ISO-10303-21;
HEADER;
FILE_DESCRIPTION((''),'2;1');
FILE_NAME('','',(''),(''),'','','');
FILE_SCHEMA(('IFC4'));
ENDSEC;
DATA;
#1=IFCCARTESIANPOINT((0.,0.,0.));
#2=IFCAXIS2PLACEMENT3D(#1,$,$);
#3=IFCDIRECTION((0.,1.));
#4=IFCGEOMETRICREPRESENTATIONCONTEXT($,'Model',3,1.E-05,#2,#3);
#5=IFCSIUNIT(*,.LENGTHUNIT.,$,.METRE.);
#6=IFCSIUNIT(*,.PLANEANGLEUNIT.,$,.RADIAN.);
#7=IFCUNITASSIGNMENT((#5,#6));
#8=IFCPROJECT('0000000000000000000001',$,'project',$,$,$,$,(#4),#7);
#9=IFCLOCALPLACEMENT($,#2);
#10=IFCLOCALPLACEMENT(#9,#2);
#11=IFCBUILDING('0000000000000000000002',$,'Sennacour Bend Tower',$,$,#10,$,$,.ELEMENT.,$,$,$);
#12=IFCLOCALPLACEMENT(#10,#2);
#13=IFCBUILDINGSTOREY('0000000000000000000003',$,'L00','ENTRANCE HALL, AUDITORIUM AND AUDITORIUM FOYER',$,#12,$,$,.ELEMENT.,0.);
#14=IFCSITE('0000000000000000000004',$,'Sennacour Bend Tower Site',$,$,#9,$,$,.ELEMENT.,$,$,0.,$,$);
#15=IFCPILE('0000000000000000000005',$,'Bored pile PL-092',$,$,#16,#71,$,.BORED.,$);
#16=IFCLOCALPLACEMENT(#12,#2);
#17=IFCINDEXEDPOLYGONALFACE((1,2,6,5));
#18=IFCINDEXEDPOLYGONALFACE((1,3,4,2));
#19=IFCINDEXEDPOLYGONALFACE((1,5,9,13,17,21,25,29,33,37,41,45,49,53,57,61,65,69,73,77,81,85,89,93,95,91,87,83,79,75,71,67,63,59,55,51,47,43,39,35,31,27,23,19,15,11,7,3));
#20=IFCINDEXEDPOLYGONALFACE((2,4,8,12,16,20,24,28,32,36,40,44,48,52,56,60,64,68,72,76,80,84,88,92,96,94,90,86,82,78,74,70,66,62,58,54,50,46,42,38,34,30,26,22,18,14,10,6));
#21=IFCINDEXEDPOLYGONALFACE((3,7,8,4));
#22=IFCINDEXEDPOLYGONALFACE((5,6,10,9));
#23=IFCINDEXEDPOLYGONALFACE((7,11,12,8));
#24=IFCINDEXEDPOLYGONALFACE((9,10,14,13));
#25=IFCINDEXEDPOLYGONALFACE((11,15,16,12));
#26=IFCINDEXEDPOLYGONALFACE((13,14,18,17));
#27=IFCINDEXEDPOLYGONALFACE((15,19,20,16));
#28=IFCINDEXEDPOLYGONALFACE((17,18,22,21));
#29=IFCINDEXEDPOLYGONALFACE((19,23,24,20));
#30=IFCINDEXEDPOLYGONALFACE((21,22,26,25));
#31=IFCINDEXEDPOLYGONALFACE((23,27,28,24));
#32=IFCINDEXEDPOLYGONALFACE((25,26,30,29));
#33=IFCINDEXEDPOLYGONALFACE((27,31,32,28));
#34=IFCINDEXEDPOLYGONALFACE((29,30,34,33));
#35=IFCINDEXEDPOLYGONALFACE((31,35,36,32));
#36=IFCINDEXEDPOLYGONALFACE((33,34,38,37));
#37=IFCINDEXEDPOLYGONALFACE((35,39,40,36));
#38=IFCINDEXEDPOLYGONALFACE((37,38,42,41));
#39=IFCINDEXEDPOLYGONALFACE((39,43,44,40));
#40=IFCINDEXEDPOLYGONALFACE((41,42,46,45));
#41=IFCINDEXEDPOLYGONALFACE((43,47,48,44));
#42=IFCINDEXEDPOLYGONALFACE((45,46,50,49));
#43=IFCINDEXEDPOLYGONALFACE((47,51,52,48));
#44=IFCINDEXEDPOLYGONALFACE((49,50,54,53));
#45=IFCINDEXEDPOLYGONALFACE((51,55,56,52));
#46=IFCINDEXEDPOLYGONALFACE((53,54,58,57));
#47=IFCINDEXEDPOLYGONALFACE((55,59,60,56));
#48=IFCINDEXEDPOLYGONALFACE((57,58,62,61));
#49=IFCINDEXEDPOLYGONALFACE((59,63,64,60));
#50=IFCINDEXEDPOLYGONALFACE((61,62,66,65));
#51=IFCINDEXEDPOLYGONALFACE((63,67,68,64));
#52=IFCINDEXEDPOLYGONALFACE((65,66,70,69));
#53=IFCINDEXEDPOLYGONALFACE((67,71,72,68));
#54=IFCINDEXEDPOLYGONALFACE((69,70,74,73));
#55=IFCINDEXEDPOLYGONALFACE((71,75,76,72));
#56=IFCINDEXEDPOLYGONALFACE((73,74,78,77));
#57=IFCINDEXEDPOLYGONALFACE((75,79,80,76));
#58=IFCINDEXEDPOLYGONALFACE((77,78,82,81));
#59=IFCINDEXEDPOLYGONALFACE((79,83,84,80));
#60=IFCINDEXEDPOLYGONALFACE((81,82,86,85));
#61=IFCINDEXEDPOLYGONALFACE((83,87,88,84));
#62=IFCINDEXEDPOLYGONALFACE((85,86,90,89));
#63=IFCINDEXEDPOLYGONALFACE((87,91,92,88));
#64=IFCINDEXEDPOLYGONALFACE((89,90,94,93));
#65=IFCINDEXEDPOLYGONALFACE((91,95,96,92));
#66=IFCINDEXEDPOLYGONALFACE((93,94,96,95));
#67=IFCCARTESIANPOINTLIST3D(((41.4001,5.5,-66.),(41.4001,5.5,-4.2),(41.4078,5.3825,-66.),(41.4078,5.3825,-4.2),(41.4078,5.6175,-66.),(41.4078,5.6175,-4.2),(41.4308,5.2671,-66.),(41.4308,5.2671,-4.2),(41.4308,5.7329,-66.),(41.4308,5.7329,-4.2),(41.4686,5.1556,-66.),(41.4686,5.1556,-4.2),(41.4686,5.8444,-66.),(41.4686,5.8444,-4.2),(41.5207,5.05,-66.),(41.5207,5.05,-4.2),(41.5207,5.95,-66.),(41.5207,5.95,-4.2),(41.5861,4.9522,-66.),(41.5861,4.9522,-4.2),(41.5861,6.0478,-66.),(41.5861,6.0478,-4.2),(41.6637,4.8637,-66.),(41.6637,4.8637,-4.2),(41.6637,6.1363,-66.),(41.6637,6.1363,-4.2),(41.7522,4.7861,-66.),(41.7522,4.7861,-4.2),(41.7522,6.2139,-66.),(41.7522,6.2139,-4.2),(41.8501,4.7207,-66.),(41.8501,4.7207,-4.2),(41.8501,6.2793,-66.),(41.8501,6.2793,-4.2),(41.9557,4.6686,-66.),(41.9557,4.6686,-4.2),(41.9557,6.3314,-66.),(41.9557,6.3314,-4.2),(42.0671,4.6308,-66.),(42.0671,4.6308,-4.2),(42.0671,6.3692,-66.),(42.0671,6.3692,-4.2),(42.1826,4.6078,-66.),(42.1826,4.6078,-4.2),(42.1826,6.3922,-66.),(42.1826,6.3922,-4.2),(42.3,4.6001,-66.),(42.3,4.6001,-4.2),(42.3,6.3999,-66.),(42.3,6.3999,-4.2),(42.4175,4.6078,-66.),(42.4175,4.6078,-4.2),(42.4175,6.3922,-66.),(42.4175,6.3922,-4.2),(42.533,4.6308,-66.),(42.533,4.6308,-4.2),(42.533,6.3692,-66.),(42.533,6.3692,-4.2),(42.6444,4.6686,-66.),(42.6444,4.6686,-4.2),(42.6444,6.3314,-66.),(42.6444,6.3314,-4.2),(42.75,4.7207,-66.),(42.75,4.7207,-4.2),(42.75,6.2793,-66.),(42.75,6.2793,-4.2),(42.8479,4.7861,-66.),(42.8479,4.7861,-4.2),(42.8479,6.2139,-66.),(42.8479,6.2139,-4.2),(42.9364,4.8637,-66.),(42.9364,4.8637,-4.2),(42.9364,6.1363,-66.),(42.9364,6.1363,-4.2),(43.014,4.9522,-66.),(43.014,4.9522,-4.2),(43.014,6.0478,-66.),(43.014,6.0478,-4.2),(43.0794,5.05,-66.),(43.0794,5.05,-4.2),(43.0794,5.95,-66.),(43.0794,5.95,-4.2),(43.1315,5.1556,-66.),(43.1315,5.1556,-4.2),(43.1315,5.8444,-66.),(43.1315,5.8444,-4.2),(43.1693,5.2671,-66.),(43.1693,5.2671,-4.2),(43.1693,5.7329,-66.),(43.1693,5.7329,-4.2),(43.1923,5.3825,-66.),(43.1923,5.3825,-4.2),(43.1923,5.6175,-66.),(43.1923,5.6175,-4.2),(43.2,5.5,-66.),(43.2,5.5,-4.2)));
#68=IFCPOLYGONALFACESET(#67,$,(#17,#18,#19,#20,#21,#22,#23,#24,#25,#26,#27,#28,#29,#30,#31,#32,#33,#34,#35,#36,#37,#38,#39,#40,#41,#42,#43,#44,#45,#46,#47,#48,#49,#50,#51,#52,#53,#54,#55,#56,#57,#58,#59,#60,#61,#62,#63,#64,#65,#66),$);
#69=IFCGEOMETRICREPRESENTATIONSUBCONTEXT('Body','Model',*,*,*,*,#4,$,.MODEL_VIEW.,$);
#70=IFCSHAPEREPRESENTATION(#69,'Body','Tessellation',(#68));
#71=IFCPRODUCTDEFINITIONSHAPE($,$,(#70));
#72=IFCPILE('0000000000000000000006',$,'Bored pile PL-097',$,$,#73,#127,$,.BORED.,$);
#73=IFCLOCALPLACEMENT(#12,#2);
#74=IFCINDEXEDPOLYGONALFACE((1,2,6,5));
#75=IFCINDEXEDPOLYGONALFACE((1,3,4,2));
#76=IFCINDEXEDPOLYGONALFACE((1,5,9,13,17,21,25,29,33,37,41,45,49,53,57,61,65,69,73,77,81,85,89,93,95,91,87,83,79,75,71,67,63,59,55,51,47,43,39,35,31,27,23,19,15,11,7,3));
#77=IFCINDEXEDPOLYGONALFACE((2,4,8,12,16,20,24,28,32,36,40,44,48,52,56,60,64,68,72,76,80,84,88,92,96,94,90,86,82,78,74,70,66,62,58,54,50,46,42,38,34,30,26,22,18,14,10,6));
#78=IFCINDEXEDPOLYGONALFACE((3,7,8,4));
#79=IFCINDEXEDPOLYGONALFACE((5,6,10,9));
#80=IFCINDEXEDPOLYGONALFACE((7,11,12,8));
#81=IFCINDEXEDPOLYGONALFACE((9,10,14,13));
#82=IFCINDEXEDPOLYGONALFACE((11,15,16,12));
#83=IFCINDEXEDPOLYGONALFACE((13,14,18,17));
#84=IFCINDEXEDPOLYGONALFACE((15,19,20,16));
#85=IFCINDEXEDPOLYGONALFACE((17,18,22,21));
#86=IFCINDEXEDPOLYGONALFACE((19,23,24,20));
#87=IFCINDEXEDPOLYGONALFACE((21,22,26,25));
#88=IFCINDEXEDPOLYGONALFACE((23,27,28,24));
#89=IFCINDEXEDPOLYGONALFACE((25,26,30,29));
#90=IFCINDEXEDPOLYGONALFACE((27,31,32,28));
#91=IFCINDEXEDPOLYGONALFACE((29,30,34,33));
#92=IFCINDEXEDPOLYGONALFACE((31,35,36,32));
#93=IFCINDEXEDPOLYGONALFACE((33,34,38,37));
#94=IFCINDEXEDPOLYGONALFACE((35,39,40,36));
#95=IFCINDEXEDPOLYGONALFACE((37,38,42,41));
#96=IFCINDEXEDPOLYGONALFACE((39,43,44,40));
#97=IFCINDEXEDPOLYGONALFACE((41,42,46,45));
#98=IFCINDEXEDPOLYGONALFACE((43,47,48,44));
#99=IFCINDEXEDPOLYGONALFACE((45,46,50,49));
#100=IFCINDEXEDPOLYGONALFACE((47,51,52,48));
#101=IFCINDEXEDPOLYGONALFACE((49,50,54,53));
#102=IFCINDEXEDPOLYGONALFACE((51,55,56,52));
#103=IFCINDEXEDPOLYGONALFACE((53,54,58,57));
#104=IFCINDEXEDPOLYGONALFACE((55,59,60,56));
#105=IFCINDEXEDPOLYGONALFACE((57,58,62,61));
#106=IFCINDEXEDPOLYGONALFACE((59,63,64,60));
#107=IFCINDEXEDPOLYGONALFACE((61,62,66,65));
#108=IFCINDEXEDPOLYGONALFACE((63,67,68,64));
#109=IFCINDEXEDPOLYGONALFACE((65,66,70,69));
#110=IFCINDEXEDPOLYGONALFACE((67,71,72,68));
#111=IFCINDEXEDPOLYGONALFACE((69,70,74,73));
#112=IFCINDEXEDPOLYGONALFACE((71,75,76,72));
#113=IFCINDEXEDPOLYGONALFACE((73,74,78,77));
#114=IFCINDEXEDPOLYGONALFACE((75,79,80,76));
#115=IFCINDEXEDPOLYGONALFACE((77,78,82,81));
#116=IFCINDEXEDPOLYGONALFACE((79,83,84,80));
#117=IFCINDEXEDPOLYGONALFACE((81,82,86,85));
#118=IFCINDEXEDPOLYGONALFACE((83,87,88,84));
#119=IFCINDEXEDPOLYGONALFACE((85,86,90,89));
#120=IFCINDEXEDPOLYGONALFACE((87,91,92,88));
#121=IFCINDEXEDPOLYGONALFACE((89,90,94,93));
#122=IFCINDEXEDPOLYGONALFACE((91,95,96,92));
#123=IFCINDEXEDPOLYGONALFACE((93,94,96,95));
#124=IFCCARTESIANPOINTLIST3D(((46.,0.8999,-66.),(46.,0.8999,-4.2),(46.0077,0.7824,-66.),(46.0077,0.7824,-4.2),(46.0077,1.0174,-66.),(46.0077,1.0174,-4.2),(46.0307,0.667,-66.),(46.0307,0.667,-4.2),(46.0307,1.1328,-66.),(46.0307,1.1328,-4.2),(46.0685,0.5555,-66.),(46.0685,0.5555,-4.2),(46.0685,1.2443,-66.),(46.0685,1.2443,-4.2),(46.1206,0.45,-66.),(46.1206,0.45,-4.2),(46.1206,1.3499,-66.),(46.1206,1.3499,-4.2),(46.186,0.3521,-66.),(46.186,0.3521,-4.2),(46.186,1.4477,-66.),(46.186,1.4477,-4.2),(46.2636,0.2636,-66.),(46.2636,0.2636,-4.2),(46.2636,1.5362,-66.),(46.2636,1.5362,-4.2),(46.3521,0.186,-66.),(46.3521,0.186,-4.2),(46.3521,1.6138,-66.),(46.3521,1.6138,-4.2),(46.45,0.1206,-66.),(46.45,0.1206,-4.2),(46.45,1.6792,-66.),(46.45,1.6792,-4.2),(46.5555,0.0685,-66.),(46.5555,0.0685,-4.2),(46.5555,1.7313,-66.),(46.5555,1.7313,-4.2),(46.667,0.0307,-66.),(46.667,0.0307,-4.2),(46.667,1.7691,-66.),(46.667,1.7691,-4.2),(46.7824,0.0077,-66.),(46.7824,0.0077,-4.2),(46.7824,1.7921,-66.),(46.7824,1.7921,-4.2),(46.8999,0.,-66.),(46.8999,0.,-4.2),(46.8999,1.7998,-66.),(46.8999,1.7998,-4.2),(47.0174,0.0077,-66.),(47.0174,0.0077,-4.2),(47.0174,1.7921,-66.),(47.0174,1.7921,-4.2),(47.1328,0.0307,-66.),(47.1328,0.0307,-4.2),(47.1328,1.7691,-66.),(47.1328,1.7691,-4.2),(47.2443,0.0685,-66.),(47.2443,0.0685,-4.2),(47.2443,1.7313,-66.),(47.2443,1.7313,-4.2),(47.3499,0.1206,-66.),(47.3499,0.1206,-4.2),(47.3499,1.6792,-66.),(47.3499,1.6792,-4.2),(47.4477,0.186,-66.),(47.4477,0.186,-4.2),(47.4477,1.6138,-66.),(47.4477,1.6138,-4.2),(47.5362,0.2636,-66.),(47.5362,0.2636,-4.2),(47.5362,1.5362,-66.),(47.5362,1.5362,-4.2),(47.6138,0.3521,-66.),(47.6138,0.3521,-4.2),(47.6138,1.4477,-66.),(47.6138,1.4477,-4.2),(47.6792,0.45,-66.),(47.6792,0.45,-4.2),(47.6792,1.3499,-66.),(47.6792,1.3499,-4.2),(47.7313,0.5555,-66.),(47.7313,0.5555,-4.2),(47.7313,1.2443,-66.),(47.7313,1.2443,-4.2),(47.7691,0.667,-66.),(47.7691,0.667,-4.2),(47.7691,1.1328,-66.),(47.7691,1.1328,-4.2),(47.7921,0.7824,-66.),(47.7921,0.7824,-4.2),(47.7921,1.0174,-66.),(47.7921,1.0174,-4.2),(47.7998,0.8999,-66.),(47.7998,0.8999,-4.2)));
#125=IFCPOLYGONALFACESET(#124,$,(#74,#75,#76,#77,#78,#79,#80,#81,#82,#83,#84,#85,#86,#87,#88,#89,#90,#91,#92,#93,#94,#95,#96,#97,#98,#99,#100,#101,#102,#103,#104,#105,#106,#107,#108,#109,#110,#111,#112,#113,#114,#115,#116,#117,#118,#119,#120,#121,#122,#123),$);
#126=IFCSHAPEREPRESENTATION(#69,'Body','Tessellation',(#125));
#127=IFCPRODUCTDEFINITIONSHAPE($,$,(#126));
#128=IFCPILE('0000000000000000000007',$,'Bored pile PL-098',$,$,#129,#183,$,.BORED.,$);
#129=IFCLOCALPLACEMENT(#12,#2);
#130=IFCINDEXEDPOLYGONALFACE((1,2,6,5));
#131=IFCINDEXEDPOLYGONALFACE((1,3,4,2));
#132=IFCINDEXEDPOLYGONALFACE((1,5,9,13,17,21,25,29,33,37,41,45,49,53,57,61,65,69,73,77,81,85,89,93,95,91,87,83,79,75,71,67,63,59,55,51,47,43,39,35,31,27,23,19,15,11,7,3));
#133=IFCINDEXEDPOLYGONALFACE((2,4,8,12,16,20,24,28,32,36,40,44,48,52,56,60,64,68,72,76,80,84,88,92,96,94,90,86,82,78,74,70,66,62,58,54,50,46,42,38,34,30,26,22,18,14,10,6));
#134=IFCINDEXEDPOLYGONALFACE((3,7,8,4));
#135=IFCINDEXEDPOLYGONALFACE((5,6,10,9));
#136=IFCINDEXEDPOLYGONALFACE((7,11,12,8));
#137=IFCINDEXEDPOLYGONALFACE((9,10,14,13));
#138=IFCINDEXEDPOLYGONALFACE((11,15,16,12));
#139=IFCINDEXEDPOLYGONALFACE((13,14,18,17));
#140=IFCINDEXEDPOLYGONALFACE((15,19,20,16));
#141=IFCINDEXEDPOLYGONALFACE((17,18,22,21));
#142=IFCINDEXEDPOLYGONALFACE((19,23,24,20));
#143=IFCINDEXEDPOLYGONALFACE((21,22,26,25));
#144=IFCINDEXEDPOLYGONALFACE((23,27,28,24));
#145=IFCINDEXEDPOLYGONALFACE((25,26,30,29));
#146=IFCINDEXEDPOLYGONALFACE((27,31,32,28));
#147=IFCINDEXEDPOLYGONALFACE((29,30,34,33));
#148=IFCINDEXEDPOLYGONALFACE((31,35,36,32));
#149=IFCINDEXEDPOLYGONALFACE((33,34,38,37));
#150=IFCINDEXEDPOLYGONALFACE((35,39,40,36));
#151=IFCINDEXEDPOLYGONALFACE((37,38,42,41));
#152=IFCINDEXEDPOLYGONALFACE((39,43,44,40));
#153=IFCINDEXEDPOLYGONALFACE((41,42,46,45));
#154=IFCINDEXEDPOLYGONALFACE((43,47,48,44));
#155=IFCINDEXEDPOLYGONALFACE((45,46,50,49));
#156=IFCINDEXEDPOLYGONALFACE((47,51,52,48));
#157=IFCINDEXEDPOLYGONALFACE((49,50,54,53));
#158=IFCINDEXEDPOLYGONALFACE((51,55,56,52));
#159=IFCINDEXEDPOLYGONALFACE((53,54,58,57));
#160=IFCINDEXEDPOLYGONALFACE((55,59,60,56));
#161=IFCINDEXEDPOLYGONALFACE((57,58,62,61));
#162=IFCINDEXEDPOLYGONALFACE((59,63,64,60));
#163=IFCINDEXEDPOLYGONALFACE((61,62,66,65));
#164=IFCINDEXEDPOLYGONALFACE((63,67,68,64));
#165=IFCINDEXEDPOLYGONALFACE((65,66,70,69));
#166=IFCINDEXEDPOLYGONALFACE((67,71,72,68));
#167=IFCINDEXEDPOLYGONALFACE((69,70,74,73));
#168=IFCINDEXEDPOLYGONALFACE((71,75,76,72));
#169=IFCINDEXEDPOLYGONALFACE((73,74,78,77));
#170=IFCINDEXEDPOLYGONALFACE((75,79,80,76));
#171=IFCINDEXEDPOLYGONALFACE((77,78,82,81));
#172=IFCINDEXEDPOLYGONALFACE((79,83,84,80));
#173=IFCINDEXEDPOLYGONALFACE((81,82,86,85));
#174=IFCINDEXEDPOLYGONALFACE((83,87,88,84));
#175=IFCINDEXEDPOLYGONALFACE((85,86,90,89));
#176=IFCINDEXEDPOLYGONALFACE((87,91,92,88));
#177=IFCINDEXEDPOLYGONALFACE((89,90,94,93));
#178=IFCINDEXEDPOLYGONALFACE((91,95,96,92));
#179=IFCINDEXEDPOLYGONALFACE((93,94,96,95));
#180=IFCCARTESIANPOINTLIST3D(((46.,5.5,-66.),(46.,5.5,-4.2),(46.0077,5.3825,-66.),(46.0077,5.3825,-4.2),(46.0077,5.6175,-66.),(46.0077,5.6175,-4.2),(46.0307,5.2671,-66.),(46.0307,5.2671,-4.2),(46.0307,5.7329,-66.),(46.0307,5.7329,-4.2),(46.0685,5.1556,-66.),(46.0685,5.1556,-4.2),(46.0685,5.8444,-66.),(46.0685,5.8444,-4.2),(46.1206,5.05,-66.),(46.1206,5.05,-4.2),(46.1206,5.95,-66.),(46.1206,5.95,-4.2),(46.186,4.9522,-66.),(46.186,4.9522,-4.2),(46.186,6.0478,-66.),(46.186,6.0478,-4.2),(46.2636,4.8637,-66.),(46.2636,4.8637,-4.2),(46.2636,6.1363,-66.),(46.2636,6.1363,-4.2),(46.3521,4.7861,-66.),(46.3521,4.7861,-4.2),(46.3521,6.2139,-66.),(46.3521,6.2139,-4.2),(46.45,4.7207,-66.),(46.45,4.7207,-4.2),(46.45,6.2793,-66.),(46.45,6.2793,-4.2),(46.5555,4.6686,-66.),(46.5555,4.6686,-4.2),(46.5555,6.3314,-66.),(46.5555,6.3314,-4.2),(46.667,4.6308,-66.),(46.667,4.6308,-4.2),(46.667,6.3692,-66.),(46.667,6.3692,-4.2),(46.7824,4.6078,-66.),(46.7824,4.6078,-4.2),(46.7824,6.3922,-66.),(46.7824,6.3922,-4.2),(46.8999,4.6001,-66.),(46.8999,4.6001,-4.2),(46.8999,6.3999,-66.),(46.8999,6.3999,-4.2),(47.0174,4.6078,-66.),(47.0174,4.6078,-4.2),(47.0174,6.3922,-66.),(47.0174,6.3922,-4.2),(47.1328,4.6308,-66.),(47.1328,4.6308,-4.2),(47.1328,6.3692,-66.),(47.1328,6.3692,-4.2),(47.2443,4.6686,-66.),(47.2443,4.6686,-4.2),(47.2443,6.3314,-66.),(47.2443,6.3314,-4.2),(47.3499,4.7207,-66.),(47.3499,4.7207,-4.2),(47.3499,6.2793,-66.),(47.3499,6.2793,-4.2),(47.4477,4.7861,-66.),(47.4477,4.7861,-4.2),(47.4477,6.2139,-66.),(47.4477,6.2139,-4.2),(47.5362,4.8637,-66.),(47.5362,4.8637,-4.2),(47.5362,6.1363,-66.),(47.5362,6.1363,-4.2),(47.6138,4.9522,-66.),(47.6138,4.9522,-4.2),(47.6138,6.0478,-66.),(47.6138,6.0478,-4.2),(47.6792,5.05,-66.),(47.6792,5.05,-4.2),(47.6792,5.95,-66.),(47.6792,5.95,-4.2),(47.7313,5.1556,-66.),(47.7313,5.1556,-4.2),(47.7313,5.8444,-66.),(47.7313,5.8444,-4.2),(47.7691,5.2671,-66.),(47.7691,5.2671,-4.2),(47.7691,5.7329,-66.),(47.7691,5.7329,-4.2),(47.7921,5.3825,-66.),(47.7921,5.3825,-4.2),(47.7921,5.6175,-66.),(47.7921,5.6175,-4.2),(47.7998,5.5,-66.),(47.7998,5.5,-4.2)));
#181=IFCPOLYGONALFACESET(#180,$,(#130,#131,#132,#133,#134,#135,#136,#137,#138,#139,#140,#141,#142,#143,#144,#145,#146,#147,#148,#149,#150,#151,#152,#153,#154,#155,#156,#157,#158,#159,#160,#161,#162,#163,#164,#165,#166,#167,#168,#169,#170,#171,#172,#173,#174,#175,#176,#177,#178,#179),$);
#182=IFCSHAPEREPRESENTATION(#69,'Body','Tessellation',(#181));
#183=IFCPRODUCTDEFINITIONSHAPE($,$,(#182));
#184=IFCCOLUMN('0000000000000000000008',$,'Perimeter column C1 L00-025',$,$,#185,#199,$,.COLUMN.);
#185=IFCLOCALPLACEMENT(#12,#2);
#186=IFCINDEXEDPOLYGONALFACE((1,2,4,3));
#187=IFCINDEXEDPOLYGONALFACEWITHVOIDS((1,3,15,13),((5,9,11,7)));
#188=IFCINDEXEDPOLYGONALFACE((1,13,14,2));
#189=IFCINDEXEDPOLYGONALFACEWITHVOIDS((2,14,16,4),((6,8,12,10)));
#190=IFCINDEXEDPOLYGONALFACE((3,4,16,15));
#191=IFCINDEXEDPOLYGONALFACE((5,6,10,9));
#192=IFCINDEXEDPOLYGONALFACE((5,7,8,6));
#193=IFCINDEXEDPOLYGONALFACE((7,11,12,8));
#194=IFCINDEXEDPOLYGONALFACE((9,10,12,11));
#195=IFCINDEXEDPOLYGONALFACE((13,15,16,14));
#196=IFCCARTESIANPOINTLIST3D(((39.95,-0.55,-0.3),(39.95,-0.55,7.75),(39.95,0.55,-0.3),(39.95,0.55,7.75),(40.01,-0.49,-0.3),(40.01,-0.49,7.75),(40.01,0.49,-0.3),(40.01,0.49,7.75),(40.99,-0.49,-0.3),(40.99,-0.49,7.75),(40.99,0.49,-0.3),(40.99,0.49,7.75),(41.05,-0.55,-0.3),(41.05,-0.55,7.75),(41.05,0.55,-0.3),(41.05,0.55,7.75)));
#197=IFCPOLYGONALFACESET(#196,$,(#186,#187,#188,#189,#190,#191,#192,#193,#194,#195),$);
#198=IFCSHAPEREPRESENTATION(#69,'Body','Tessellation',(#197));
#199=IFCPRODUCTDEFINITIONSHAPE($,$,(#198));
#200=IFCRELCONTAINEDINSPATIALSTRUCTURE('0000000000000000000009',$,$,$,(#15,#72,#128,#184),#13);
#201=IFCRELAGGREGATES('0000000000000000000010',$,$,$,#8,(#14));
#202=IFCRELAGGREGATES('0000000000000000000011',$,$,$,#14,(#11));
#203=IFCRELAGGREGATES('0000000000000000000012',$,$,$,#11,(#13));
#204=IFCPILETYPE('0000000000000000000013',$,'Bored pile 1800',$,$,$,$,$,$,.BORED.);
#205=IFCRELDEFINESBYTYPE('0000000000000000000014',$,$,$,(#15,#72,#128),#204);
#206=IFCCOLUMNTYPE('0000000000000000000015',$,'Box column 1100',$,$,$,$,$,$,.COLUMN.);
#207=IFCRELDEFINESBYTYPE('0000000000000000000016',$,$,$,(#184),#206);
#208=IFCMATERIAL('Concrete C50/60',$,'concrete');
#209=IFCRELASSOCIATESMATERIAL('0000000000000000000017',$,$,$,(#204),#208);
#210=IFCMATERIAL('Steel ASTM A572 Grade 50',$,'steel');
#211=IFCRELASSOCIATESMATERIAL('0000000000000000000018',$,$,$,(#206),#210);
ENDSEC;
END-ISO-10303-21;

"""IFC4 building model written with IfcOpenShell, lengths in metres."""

from ifc_helpers import new_model, si_unit, direction, frame, origin, origin_2d, place, context, subcontext, project, spatial, hollow_rectangle, circle, extrude, material, material_profile, profile_set, type_object, element, save


model = new_model("IFC4")

# Units and contexts
model_context = context("Model", 3, precision=1e-05, world=origin(), true_north=direction((0.0, 1.0)))
body_context = subcontext(model_context, "Body", "Model", "MODEL_VIEW")
ifc_project = project(units=[si_unit("LENGTHUNIT", "METRE"), si_unit("PLANEANGLEUNIT", "RADIAN")], contexts=[model_context])

# Site, building, storey
site_placement = place(None, origin())
site = spatial("IfcSite", under=ifc_project, at=site_placement, Name="Sennacour Bend Tower Site", CompositionType="ELEMENT", RefElevation=0.0)
building_placement = place(site_placement, origin())
building = spatial("IfcBuilding", under=site, at=building_placement, Name="Sennacour Bend Tower", CompositionType="ELEMENT")
storey_placement = place(building_placement, origin())
storey = spatial("IfcBuildingStorey", under=building, at=storey_placement, Name="L00", Description="ENTRANCE HALL, AUDITORIUM AND AUDITORIUM FOYER", CompositionType="ELEMENT", Elevation=0.0)

# Piles
ifc_material_1 = material(Name="Concrete C50/60", Category="concrete")
ifc_material_profile_1 = material_profile(ifc_material_1, circle(Radius=0.8999, at=origin_2d()), Name="Concrete C50/60", Category="concrete")
ifc_profile_set_1 = profile_set([ifc_material_profile_1], Name="Concrete C50/60")
pile_type = type_object("IfcPileType", Name="Bored pile 1800", PredefinedType="BORED", material=ifc_profile_set_1)
for number, where, z_axis, x_axis, name in (
    (1, (42.3, 5.5, -4.2), (0.0, 0.0, -1.0), (1.0, 0.0, 0.0), "Bored pile PL-092"),
    (2, (46.8999, 0.8999, -4.2), (0.0, 0.0, -1.0), (1.0, 0.0, 0.0), "Bored pile PL-097"),
    (3, (46.8999, 5.5, -4.2), (0.0, 0.0, -1.0), (1.0, 0.0, 0.0), "Bored pile PL-098"),
):
    element("IfcPile", number, at=place(storey_placement, frame(where, z_axis=z_axis, x_axis=x_axis)), inside=storey, type_object=pile_type, Name=name, PredefinedType="BORED", context=body_context, shape_type="SweptSolid", body=[
        extrude(circle(Radius=0.8999, at=origin_2d()), origin(), (0.0, 0.0, 1.0), 61.8),
    ])

# Column
ifc_material_2 = material(Name="Steel ASTM A572 Grade 50", Category="steel")
ifc_material_profile_2 = material_profile(ifc_material_2, hollow_rectangle(XDim=1.1001, YDim=1.1001, WallThickness=0.0601, at=origin_2d()), Name="Steel ASTM A572 Grade 50", Category="steel")
ifc_profile_set_2 = profile_set([ifc_material_profile_2], Name="Steel ASTM A572 Grade 50")
column_type = type_object("IfcColumnType", Name="Box column 1100", PredefinedType="COLUMN", material=ifc_profile_set_2)
for number, where, z_axis, x_axis, name in (
    (4, (40.5, 0.0, -0.3), (0.0, 0.0, 1.0), (1.0, 0.0, 0.0), "Perimeter column C1 L00-025"),
):
    element("IfcColumn", number, at=place(storey_placement, frame(where, z_axis=z_axis, x_axis=x_axis)), inside=storey, type_object=column_type, Name=name, PredefinedType="COLUMN", context=body_context, shape_type="SweptSolid", body=[
        extrude(hollow_rectangle(XDim=1.1001, YDim=1.1001, WallThickness=0.0601, at=origin_2d()), origin(), (0.0, 0.0, 1.0), 8.05),
    ])

save(model, "model.ifc")
